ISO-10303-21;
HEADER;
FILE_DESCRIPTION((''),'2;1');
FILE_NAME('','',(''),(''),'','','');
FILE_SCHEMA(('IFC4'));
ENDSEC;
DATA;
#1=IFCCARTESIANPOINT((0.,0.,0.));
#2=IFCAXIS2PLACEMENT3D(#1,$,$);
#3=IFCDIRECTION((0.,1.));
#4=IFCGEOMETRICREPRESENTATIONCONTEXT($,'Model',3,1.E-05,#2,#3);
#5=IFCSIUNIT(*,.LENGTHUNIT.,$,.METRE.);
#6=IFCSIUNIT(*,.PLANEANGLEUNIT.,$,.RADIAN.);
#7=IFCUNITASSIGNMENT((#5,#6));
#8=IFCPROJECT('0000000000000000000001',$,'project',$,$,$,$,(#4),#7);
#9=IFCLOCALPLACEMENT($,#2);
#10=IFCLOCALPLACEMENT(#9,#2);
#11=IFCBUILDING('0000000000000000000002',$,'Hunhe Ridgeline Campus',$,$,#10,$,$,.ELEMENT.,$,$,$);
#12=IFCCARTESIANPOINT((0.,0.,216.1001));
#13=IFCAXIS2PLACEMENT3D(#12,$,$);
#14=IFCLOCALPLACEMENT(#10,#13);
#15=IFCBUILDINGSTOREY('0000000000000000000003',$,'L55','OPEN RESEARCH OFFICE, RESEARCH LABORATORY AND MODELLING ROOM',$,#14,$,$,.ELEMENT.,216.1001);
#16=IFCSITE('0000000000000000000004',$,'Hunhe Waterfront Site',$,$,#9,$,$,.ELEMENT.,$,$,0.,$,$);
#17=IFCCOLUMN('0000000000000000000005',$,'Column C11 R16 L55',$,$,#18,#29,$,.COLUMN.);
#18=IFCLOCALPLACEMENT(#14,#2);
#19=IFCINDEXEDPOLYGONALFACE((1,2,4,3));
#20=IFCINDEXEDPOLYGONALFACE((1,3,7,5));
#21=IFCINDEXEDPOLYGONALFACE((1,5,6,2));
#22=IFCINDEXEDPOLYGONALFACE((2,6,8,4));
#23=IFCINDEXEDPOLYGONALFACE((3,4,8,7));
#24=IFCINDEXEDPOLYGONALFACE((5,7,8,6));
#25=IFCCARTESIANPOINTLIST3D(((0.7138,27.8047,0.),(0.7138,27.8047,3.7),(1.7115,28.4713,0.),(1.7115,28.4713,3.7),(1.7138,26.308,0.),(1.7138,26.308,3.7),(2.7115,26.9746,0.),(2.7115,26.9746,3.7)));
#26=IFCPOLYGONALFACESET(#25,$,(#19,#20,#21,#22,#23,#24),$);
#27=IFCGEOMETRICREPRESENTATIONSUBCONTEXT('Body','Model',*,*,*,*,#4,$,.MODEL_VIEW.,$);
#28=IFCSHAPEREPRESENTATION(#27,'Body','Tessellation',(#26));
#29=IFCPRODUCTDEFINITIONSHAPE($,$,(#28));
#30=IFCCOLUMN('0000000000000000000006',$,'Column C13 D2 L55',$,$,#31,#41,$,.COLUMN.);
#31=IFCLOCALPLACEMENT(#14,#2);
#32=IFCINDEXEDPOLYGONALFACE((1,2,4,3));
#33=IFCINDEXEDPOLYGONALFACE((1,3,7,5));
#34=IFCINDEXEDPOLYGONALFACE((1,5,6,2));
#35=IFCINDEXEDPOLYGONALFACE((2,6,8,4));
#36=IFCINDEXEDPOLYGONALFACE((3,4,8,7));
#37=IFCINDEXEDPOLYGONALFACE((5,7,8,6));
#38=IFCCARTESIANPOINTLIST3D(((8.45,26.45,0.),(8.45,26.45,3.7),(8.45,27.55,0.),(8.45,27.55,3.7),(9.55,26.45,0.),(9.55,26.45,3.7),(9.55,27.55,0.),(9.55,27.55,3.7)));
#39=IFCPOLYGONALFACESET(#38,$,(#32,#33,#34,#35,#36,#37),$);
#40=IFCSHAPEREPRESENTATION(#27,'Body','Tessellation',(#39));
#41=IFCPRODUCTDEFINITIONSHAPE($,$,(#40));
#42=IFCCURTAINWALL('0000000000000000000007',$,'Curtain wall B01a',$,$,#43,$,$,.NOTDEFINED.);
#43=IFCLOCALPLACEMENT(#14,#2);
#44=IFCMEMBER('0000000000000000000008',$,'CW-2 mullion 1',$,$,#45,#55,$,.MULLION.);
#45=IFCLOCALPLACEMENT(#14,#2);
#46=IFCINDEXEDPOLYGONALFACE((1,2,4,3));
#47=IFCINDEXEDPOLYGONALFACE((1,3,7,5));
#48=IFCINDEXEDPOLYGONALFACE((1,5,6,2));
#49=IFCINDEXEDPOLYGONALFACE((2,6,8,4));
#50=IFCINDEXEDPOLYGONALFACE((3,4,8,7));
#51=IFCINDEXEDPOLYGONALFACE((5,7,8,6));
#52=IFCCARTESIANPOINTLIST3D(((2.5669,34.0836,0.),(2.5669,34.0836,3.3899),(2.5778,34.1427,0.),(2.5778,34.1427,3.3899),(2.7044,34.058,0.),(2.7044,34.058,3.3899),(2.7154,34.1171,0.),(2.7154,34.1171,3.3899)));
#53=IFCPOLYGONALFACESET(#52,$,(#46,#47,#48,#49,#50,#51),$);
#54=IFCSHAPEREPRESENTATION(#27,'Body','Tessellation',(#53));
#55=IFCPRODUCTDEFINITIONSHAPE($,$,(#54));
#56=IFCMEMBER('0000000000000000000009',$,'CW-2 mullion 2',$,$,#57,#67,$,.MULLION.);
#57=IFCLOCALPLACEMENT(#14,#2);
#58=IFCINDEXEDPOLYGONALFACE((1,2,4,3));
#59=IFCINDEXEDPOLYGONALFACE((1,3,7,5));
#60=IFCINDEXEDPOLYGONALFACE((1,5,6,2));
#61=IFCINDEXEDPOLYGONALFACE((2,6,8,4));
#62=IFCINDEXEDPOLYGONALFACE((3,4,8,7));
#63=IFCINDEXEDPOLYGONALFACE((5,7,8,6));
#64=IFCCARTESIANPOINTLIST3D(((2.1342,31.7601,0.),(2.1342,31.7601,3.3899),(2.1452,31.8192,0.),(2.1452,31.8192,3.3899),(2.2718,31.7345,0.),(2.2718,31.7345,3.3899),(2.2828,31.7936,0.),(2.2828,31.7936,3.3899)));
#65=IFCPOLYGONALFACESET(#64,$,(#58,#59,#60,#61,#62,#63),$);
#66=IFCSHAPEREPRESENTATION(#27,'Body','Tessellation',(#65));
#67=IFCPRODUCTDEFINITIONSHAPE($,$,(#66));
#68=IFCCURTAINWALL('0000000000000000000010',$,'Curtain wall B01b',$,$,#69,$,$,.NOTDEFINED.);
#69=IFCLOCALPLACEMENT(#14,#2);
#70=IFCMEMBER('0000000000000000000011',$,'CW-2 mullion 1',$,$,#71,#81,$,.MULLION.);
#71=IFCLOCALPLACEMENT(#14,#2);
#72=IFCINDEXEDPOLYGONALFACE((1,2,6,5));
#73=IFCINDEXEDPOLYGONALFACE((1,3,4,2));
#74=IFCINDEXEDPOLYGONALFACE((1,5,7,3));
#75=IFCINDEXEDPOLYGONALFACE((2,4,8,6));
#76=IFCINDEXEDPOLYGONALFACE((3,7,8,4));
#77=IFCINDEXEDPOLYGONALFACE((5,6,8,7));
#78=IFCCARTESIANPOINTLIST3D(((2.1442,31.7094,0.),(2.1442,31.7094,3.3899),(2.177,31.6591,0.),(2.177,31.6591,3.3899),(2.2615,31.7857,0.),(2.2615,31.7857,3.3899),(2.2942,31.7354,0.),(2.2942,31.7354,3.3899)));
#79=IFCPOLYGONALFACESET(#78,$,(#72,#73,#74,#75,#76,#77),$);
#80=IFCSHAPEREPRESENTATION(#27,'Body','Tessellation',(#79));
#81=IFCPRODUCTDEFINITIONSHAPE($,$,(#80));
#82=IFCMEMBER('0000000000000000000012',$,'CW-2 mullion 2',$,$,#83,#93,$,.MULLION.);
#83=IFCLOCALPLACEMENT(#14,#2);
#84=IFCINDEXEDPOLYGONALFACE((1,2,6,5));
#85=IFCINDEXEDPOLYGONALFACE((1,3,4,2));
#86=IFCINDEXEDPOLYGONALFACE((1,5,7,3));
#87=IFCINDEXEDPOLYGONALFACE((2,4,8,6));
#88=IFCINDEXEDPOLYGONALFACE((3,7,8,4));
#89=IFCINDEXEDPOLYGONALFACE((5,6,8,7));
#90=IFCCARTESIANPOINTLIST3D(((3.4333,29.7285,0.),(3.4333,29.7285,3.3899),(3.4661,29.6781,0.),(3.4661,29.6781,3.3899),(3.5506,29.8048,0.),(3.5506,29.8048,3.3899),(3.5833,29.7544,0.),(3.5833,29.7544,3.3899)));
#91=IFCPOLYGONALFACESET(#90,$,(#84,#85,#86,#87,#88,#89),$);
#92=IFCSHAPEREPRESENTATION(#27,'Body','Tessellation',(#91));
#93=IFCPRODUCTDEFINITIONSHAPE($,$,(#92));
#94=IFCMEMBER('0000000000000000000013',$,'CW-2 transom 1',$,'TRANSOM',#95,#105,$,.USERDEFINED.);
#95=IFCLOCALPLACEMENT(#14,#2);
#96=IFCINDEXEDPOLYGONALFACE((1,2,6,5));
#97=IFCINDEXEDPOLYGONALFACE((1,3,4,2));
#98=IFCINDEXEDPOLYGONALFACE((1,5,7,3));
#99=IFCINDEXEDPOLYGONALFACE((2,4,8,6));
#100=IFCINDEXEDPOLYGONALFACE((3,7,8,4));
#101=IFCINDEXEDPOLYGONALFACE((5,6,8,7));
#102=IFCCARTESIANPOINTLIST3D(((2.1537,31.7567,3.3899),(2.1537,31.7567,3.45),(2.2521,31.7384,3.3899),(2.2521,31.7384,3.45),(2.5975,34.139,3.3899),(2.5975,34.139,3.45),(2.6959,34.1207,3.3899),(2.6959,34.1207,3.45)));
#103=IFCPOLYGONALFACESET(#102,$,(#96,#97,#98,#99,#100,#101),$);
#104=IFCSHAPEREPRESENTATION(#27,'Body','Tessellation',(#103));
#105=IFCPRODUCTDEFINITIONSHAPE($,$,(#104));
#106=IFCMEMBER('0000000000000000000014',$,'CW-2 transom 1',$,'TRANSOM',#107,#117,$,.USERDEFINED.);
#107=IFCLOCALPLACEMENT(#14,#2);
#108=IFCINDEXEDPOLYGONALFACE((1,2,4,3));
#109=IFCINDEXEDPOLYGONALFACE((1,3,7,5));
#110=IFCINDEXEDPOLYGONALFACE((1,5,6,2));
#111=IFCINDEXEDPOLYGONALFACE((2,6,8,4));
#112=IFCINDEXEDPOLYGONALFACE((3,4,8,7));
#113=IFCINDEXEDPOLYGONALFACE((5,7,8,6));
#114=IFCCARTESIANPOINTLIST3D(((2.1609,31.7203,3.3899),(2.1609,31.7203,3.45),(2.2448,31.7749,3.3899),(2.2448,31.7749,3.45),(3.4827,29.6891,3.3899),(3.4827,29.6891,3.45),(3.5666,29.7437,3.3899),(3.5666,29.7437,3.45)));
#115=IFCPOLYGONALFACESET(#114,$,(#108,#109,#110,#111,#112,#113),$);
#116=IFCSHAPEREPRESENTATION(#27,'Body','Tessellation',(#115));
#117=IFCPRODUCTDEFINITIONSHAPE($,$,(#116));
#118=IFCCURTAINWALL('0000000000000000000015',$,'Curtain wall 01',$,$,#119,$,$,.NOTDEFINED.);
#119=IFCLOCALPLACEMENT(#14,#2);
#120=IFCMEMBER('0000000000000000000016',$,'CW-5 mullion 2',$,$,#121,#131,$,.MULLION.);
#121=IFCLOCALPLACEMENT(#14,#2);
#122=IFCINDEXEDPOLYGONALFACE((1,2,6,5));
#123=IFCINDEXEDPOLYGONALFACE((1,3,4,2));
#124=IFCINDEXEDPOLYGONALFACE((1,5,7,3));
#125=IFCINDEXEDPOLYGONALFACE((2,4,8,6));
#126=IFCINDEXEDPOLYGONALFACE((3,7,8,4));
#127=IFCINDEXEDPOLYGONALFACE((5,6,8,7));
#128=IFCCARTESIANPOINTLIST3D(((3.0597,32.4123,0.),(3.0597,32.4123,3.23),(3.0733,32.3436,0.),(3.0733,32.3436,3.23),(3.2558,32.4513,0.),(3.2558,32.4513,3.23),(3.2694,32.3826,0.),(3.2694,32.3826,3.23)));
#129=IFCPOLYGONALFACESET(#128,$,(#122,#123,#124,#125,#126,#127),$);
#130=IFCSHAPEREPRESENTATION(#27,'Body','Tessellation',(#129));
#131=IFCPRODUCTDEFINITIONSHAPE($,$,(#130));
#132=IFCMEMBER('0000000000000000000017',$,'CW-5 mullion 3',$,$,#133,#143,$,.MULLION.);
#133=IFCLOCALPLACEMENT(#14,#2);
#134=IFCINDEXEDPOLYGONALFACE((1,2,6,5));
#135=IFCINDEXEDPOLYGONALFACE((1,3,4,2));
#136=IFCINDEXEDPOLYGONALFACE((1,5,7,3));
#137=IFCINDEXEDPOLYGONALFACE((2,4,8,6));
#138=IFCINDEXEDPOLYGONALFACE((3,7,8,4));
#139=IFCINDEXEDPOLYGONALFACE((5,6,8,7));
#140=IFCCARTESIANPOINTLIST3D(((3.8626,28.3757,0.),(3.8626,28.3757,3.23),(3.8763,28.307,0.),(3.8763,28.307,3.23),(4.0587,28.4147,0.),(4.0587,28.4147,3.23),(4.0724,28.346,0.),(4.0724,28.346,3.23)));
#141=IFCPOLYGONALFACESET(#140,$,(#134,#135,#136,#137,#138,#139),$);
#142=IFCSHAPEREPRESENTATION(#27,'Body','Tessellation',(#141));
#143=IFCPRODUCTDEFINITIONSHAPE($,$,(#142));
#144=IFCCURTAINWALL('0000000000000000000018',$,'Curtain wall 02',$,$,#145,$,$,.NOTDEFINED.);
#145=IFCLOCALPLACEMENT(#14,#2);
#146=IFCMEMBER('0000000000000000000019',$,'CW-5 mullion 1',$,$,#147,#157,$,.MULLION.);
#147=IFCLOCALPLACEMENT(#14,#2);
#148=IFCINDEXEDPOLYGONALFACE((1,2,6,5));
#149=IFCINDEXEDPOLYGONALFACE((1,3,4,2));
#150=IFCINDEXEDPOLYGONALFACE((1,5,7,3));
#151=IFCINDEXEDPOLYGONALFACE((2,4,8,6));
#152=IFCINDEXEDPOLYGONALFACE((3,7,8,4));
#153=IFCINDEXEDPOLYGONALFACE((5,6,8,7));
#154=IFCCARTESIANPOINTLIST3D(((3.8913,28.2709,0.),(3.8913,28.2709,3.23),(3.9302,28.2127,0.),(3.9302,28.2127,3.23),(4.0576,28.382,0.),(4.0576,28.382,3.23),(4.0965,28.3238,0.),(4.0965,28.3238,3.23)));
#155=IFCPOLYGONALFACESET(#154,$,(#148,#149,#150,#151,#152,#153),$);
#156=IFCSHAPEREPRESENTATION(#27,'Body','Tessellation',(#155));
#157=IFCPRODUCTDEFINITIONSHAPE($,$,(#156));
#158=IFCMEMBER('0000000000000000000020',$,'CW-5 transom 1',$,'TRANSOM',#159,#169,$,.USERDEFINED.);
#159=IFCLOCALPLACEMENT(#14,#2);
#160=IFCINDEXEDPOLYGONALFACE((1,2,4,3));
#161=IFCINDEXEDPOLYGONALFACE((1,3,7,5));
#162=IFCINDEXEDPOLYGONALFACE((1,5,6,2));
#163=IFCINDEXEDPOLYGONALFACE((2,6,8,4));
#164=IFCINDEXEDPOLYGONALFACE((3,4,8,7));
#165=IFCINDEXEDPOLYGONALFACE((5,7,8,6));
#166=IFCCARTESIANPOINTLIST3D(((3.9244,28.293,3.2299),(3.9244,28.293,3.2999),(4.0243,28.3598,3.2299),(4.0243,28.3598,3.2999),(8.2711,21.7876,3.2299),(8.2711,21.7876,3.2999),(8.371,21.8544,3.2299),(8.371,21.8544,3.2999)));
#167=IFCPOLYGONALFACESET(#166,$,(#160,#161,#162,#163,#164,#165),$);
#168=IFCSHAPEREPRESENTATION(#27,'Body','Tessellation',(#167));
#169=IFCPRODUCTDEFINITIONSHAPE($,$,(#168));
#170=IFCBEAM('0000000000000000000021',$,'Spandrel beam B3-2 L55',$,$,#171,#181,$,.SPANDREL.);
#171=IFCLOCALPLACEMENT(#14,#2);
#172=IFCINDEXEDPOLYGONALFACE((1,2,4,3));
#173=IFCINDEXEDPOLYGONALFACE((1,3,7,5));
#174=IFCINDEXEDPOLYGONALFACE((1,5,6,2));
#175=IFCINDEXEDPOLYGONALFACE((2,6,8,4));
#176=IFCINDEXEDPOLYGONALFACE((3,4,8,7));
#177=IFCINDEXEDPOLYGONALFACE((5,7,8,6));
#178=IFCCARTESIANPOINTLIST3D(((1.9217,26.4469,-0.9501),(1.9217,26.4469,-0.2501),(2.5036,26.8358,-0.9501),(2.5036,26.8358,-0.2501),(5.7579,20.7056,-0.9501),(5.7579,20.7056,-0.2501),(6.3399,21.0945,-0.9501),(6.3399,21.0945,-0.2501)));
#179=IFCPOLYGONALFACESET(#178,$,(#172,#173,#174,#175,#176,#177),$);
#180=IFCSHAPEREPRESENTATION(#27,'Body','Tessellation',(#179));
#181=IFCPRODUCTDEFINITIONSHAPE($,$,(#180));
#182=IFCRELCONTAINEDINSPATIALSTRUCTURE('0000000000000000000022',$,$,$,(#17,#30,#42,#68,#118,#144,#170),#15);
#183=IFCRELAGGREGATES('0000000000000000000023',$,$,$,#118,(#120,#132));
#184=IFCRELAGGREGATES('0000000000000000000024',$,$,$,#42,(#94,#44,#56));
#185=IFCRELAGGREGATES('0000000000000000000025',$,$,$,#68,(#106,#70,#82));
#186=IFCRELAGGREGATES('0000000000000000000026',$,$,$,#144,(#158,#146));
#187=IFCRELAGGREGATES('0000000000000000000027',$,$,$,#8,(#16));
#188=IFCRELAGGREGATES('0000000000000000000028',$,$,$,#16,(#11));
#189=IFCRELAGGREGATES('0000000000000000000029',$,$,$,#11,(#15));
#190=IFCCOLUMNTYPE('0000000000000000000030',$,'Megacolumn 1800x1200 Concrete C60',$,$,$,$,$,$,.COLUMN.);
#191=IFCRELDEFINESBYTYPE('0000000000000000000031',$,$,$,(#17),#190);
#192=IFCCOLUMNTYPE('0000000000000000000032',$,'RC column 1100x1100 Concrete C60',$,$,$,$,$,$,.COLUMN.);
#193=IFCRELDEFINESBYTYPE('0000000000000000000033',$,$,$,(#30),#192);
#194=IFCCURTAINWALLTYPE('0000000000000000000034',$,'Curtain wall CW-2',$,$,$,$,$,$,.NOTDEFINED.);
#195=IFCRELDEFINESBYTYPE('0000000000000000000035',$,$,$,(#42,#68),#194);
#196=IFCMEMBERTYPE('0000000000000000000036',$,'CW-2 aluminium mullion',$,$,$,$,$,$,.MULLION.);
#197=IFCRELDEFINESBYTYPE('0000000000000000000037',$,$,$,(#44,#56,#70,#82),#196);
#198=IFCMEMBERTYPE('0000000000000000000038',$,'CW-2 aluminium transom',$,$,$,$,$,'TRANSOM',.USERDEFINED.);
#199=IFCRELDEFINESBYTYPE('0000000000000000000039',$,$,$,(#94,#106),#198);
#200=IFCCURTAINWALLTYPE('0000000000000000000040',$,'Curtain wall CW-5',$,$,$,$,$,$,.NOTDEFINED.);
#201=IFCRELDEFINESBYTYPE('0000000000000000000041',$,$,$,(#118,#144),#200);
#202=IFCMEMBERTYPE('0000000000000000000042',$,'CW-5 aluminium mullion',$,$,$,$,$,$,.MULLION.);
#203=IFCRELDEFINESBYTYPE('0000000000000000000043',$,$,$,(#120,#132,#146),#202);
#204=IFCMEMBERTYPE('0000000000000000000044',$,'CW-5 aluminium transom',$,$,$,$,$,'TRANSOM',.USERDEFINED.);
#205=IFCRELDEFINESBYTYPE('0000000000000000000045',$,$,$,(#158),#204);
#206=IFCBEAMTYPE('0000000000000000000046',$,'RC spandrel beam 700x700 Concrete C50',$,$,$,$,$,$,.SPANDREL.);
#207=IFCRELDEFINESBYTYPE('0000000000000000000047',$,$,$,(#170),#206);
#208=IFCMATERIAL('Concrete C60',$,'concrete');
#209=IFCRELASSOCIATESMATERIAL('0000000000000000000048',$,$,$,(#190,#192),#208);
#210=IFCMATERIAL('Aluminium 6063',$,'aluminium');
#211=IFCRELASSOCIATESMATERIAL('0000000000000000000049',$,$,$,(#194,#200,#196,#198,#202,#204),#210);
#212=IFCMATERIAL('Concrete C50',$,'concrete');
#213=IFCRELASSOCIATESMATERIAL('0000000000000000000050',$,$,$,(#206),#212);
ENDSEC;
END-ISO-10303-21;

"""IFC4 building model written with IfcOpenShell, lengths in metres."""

from ifc_helpers import new_model, si_unit, direction, frame, origin, origin_2d, place, context, subcontext, project, spatial, rectangle, extrude, material, material_profile, profile_set, type_object, element, aggregate, save


model = new_model("IFC4")

# Units and contexts
model_context = context("Model", 3, precision=1e-05, world=origin(), true_north=direction((0.0, 1.0)))
body_context = subcontext(model_context, "Body", "Model", "MODEL_VIEW")
ifc_project = project(units=[si_unit("LENGTHUNIT", "METRE"), si_unit("PLANEANGLEUNIT", "RADIAN")], contexts=[model_context])

# Site, building, storey
site_placement = place(None, origin())
site = spatial("IfcSite", under=ifc_project, at=site_placement, Name="Hunhe Waterfront Site", CompositionType="ELEMENT", RefElevation=0.0)
building_placement = place(site_placement, origin())
building = spatial("IfcBuilding", under=site, at=building_placement, Name="Hunhe Ridgeline Campus", CompositionType="ELEMENT")
storey_placement = place(building_placement, frame((0.0, 0.0, 216.1001)))
storey = spatial("IfcBuildingStorey", under=building, at=storey_placement, Name="L55", Description="OPEN RESEARCH OFFICE, RESEARCH LABORATORY AND MODELLING ROOM", CompositionType="ELEMENT", Elevation=216.1001)

# Columns
ifc_material_1 = material(Name="Concrete C60", Category="concrete")
ifc_material_profile_1 = material_profile(ifc_material_1, rectangle(XDim=1.8, YDim=1.2, at=origin_2d()))
ifc_profile_set_1 = profile_set([ifc_material_profile_1], Name="Concrete C60")
column_type_1 = type_object("IfcColumnType", Name="Megacolumn 1800x1200 Concrete C60", PredefinedType="COLUMN", material=ifc_profile_set_1)
column_1_placement = place(storey_placement, frame((1.7126, 27.3896, 0.0), z_axis=(0.0, 0.0, 1.0), x_axis=(-0.55557, 0.83147, 0.0)))
element("IfcColumn", 1, at=column_1_placement, inside=storey, type_object=column_type_1, Name="Column C11 R16 L55", PredefinedType="COLUMN", context=body_context, shape_type="SweptSolid", body=[
    extrude(rectangle(XDim=1.8, YDim=1.2, at=origin_2d()), origin(), (0.0, 0.0, 1.0), 3.7),
])
ifc_material_profile_2 = material_profile(ifc_material_1, rectangle(XDim=1.1001, YDim=1.1001, at=origin_2d()))
ifc_profile_set_2 = profile_set([ifc_material_profile_2], Name="Concrete C60")
column_type_2 = type_object("IfcColumnType", Name="RC column 1100x1100 Concrete C60", PredefinedType="COLUMN", material=ifc_profile_set_2)
column_2_placement = place(storey_placement, frame((9.0, 27.0, 0.0), z_axis=(0.0, 0.0, 1.0), x_axis=(1.0, 0.0, 0.0)))
element("IfcColumn", 2, at=column_2_placement, inside=storey, type_object=column_type_2, Name="Column C13 D2 L55", PredefinedType="COLUMN", context=body_context, shape_type="SweptSolid", body=[
    extrude(rectangle(XDim=1.1001, YDim=1.1001, at=origin_2d()), origin(), (0.0, 0.0, 1.0), 3.7),
])

# Curtain walls, members
ifc_material_2 = material(Name="Aluminium 6063", Category="aluminium")
curtain_wall_type_1 = type_object("IfcCurtainWallType", Name="Curtain wall CW-2", PredefinedType="NOTDEFINED", material=ifc_material_2)
curtain_wall_1_placement = place(storey_placement, origin())
curtain_wall_1 = element("IfcCurtainWall", 3, at=curtain_wall_1_placement, inside=storey, type_object=curtain_wall_type_1, Name="Curtain wall B01a", PredefinedType="NOTDEFINED")
ifc_material_profile_3 = material_profile(ifc_material_2, rectangle(XDim=0.1399, YDim=0.0601, at=origin_2d()))
ifc_profile_set_3 = profile_set([ifc_material_profile_3], Name="Aluminium 6063")
member_type_1 = type_object("IfcMemberType", Name="CW-2 aluminium mullion", PredefinedType="MULLION", material=ifc_profile_set_3)
member_1_placement = place(storey_placement, frame((2.6411, 34.1003, 0.0), z_axis=(0.0, 0.0, 1.0), x_axis=(0.983092, -0.183113, 0.0)))
member_1 = element("IfcMember", 4, at=member_1_placement, type_object=member_type_1, Name="CW-2 mullion 1", PredefinedType="MULLION", context=body_context, shape_type="SweptSolid", body=[
    extrude(rectangle(XDim=0.1399, YDim=0.0601, at=origin_2d()), origin(), (0.0, 0.0, 1.0), 3.3899),
])
member_2_placement = place(storey_placement, frame((2.2085, 31.7769, 0.0), z_axis=(0.0, 0.0, 1.0), x_axis=(0.983092, -0.183113, 0.0)))
member_2 = element("IfcMember", 5, at=member_2_placement, type_object=member_type_1, Name="CW-2 mullion 2", PredefinedType="MULLION", context=body_context, shape_type="SweptSolid", body=[
    extrude(rectangle(XDim=0.1399, YDim=0.0601, at=origin_2d()), origin(), (0.0, 0.0, 1.0), 3.3899),
])
curtain_wall_2_placement = place(storey_placement, origin())
curtain_wall_2 = element("IfcCurtainWall", 6, at=curtain_wall_2_placement, inside=storey, type_object=curtain_wall_type_1, Name="Curtain wall B01b", PredefinedType="NOTDEFINED")
member_3_placement = place(storey_placement, frame((2.2192, 31.7224, 0.0), z_axis=(0.0, 0.0, 1.0), x_axis=(0.838179, 0.545395, 0.0)))
member_3 = element("IfcMember", 7, at=member_3_placement, type_object=member_type_1, Name="CW-2 mullion 1", PredefinedType="MULLION", context=body_context, shape_type="SweptSolid", body=[
    extrude(rectangle(XDim=0.1399, YDim=0.0601, at=origin_2d()), origin(), (0.0, 0.0, 1.0), 3.3899),
])
member_4_placement = place(storey_placement, frame((3.5083, 29.7415, 0.0), z_axis=(0.0, 0.0, 1.0), x_axis=(0.838179, 0.545395, 0.0)))
member_4 = element("IfcMember", 8, at=member_4_placement, type_object=member_type_1, Name="CW-2 mullion 2", PredefinedType="MULLION", context=body_context, shape_type="SweptSolid", body=[
    extrude(rectangle(XDim=0.1399, YDim=0.0601, at=origin_2d()), origin(), (0.0, 0.0, 1.0), 3.3899),
])

# Members
ifc_material_profile_4 = material_profile(ifc_material_2, rectangle(XDim=0.1001, YDim=0.0601, at=origin_2d()))
ifc_profile_set_4 = profile_set([ifc_material_profile_4], Name="Aluminium 6063")
member_type_2 = type_object("IfcMemberType", Name="CW-2 aluminium transom", ElementType="TRANSOM", PredefinedType="USERDEFINED", material=ifc_profile_set_4)
member_5_placement = place(storey_placement, frame((2.6467, 34.1299, 3.4199), z_axis=(-0.183157, -0.983084, 0.0), x_axis=(0.983084, -0.183157, 0.0)))
member_5 = element("IfcMember", 9, at=member_5_placement, type_object=member_type_2, Name="CW-2 transom 1", ObjectType="TRANSOM", PredefinedType="USERDEFINED", context=body_context, shape_type="SweptSolid", body=[
    extrude(rectangle(XDim=0.1001, YDim=0.0601, at=origin_2d()), origin(), (0.0, 0.0, 1.0), 2.4233),
])
member_6_placement = place(storey_placement, frame((2.2029, 31.7476, 3.4199), z_axis=(0.545413, -0.838167, 0.0), x_axis=(0.838167, 0.545413, 0.0)))
member_6 = element("IfcMember", 10, at=member_6_placement, type_object=member_type_2, Name="CW-2 transom 1", ObjectType="TRANSOM", PredefinedType="USERDEFINED", context=body_context, shape_type="SweptSolid", body=[
    extrude(rectangle(XDim=0.1001, YDim=0.0601, at=origin_2d()), origin(), (0.0, 0.0, 1.0), 2.4233),
])

# Curtain walls, members
curtain_wall_type_2 = type_object("IfcCurtainWallType", Name="Curtain wall CW-5", PredefinedType="NOTDEFINED", material=ifc_material_2)
curtain_wall_3_placement = place(storey_placement, origin())
curtain_wall_3 = element("IfcCurtainWall", 11, at=curtain_wall_3_placement, inside=storey, type_object=curtain_wall_type_2, Name="Curtain wall 01", PredefinedType="NOTDEFINED")
ifc_material_profile_5 = material_profile(ifc_material_2, rectangle(XDim=0.2, YDim=0.0701, at=origin_2d()))
ifc_profile_set_5 = profile_set([ifc_material_profile_5], Name="Aluminium 6063")
member_type_3 = type_object("IfcMemberType", Name="CW-5 aluminium mullion", PredefinedType="MULLION", material=ifc_profile_set_5)
member_7_placement = place(storey_placement, frame((3.1646, 32.3975, 0.0), z_axis=(0.0, 0.0, 1.0), x_axis=(0.980784, 0.195095, 0.0)))
member_7 = element("IfcMember", 12, at=member_7_placement, type_object=member_type_3, Name="CW-5 mullion 2", PredefinedType="MULLION", context=body_context, shape_type="SweptSolid", body=[
    extrude(rectangle(XDim=0.2, YDim=0.0701, at=origin_2d()), origin(), (0.0, 0.0, 1.0), 3.23),
])
member_8_placement = place(storey_placement, frame((3.9675, 28.3608, 0.0), z_axis=(0.0, 0.0, 1.0), x_axis=(0.980784, 0.195095, 0.0)))
member_8 = element("IfcMember", 13, at=member_8_placement, type_object=member_type_3, Name="CW-5 mullion 3", PredefinedType="MULLION", context=body_context, shape_type="SweptSolid", body=[
    extrude(rectangle(XDim=0.2, YDim=0.0701, at=origin_2d()), origin(), (0.0, 0.0, 1.0), 3.23),
])
curtain_wall_4_placement = place(storey_placement, origin())
curtain_wall_4 = element("IfcCurtainWall", 14, at=curtain_wall_4_placement, inside=storey, type_object=curtain_wall_type_2, Name="Curtain wall 02", PredefinedType="NOTDEFINED")
member_9_placement = place(storey_placement, frame((3.9939, 28.2974, 0.0), z_axis=(0.0, 0.0, 1.0), x_axis=(0.83147, 0.55557, 0.0)))
member_9 = element("IfcMember", 15, at=member_9_placement, type_object=member_type_3, Name="CW-5 mullion 1", PredefinedType="MULLION", context=body_context, shape_type="SweptSolid", body=[
    extrude(rectangle(XDim=0.2, YDim=0.0701, at=origin_2d()), origin(), (0.0, 0.0, 1.0), 3.23),
])
ifc_material_profile_6 = material_profile(ifc_material_2, rectangle(XDim=0.1201, YDim=0.0701, at=origin_2d()))
ifc_profile_set_6 = profile_set([ifc_material_profile_6], Name="Aluminium 6063")
member_type_4 = type_object("IfcMemberType", Name="CW-5 aluminium transom", ElementType="TRANSOM", PredefinedType="USERDEFINED", material=ifc_profile_set_6)
member_10_placement = place(storey_placement, frame((3.9744, 28.3264, 3.2649), z_axis=(0.555564, -0.831474, 0.0), x_axis=(0.831474, 0.555564, 0.0)))
member_10 = element("IfcMember", 16, at=member_10_placement, type_object=member_type_4, Name="CW-5 transom 1", ObjectType="TRANSOM", PredefinedType="USERDEFINED", context=body_context, shape_type="SweptSolid", body=[
    extrude(rectangle(XDim=0.1201, YDim=0.0701, at=origin_2d()), origin(), (0.0, 0.0, 1.0), 7.824),
])

# Beam
ifc_material_3 = material(Name="Concrete C50", Category="concrete")
ifc_material_profile_7 = material_profile(ifc_material_3, rectangle(XDim=0.7, YDim=0.7, at=origin_2d()))
ifc_profile_set_7 = profile_set([ifc_material_profile_7], Name="Concrete C50")
beam_type = type_object("IfcBeamType", Name="RC spandrel beam 700x700 Concrete C50", PredefinedType="SPANDREL", material=ifc_profile_set_7)
beam_placement = place(storey_placement, frame((2.2126, 26.6414, -0.6001), z_axis=(0.555573, -0.831468, 0.0), x_axis=(0.831468, 0.555573, 0.0)))
element("IfcBeam", 17, at=beam_placement, inside=storey, type_object=beam_type, Name="Spandrel beam B3-2 L55", PredefinedType="SPANDREL", context=body_context, shape_type="SweptSolid", body=[
    extrude(rectangle(XDim=0.7, YDim=0.7, at=origin_2d()), origin(), (0.0, 0.0, 1.0), 6.905),
])

aggregate(curtain_wall_3, [member_7, member_8])
aggregate(curtain_wall_1, [member_5, member_1, member_2])
aggregate(curtain_wall_2, [member_6, member_3, member_4])
aggregate(curtain_wall_4, [member_10, member_9])

save(model, "model.ifc")
